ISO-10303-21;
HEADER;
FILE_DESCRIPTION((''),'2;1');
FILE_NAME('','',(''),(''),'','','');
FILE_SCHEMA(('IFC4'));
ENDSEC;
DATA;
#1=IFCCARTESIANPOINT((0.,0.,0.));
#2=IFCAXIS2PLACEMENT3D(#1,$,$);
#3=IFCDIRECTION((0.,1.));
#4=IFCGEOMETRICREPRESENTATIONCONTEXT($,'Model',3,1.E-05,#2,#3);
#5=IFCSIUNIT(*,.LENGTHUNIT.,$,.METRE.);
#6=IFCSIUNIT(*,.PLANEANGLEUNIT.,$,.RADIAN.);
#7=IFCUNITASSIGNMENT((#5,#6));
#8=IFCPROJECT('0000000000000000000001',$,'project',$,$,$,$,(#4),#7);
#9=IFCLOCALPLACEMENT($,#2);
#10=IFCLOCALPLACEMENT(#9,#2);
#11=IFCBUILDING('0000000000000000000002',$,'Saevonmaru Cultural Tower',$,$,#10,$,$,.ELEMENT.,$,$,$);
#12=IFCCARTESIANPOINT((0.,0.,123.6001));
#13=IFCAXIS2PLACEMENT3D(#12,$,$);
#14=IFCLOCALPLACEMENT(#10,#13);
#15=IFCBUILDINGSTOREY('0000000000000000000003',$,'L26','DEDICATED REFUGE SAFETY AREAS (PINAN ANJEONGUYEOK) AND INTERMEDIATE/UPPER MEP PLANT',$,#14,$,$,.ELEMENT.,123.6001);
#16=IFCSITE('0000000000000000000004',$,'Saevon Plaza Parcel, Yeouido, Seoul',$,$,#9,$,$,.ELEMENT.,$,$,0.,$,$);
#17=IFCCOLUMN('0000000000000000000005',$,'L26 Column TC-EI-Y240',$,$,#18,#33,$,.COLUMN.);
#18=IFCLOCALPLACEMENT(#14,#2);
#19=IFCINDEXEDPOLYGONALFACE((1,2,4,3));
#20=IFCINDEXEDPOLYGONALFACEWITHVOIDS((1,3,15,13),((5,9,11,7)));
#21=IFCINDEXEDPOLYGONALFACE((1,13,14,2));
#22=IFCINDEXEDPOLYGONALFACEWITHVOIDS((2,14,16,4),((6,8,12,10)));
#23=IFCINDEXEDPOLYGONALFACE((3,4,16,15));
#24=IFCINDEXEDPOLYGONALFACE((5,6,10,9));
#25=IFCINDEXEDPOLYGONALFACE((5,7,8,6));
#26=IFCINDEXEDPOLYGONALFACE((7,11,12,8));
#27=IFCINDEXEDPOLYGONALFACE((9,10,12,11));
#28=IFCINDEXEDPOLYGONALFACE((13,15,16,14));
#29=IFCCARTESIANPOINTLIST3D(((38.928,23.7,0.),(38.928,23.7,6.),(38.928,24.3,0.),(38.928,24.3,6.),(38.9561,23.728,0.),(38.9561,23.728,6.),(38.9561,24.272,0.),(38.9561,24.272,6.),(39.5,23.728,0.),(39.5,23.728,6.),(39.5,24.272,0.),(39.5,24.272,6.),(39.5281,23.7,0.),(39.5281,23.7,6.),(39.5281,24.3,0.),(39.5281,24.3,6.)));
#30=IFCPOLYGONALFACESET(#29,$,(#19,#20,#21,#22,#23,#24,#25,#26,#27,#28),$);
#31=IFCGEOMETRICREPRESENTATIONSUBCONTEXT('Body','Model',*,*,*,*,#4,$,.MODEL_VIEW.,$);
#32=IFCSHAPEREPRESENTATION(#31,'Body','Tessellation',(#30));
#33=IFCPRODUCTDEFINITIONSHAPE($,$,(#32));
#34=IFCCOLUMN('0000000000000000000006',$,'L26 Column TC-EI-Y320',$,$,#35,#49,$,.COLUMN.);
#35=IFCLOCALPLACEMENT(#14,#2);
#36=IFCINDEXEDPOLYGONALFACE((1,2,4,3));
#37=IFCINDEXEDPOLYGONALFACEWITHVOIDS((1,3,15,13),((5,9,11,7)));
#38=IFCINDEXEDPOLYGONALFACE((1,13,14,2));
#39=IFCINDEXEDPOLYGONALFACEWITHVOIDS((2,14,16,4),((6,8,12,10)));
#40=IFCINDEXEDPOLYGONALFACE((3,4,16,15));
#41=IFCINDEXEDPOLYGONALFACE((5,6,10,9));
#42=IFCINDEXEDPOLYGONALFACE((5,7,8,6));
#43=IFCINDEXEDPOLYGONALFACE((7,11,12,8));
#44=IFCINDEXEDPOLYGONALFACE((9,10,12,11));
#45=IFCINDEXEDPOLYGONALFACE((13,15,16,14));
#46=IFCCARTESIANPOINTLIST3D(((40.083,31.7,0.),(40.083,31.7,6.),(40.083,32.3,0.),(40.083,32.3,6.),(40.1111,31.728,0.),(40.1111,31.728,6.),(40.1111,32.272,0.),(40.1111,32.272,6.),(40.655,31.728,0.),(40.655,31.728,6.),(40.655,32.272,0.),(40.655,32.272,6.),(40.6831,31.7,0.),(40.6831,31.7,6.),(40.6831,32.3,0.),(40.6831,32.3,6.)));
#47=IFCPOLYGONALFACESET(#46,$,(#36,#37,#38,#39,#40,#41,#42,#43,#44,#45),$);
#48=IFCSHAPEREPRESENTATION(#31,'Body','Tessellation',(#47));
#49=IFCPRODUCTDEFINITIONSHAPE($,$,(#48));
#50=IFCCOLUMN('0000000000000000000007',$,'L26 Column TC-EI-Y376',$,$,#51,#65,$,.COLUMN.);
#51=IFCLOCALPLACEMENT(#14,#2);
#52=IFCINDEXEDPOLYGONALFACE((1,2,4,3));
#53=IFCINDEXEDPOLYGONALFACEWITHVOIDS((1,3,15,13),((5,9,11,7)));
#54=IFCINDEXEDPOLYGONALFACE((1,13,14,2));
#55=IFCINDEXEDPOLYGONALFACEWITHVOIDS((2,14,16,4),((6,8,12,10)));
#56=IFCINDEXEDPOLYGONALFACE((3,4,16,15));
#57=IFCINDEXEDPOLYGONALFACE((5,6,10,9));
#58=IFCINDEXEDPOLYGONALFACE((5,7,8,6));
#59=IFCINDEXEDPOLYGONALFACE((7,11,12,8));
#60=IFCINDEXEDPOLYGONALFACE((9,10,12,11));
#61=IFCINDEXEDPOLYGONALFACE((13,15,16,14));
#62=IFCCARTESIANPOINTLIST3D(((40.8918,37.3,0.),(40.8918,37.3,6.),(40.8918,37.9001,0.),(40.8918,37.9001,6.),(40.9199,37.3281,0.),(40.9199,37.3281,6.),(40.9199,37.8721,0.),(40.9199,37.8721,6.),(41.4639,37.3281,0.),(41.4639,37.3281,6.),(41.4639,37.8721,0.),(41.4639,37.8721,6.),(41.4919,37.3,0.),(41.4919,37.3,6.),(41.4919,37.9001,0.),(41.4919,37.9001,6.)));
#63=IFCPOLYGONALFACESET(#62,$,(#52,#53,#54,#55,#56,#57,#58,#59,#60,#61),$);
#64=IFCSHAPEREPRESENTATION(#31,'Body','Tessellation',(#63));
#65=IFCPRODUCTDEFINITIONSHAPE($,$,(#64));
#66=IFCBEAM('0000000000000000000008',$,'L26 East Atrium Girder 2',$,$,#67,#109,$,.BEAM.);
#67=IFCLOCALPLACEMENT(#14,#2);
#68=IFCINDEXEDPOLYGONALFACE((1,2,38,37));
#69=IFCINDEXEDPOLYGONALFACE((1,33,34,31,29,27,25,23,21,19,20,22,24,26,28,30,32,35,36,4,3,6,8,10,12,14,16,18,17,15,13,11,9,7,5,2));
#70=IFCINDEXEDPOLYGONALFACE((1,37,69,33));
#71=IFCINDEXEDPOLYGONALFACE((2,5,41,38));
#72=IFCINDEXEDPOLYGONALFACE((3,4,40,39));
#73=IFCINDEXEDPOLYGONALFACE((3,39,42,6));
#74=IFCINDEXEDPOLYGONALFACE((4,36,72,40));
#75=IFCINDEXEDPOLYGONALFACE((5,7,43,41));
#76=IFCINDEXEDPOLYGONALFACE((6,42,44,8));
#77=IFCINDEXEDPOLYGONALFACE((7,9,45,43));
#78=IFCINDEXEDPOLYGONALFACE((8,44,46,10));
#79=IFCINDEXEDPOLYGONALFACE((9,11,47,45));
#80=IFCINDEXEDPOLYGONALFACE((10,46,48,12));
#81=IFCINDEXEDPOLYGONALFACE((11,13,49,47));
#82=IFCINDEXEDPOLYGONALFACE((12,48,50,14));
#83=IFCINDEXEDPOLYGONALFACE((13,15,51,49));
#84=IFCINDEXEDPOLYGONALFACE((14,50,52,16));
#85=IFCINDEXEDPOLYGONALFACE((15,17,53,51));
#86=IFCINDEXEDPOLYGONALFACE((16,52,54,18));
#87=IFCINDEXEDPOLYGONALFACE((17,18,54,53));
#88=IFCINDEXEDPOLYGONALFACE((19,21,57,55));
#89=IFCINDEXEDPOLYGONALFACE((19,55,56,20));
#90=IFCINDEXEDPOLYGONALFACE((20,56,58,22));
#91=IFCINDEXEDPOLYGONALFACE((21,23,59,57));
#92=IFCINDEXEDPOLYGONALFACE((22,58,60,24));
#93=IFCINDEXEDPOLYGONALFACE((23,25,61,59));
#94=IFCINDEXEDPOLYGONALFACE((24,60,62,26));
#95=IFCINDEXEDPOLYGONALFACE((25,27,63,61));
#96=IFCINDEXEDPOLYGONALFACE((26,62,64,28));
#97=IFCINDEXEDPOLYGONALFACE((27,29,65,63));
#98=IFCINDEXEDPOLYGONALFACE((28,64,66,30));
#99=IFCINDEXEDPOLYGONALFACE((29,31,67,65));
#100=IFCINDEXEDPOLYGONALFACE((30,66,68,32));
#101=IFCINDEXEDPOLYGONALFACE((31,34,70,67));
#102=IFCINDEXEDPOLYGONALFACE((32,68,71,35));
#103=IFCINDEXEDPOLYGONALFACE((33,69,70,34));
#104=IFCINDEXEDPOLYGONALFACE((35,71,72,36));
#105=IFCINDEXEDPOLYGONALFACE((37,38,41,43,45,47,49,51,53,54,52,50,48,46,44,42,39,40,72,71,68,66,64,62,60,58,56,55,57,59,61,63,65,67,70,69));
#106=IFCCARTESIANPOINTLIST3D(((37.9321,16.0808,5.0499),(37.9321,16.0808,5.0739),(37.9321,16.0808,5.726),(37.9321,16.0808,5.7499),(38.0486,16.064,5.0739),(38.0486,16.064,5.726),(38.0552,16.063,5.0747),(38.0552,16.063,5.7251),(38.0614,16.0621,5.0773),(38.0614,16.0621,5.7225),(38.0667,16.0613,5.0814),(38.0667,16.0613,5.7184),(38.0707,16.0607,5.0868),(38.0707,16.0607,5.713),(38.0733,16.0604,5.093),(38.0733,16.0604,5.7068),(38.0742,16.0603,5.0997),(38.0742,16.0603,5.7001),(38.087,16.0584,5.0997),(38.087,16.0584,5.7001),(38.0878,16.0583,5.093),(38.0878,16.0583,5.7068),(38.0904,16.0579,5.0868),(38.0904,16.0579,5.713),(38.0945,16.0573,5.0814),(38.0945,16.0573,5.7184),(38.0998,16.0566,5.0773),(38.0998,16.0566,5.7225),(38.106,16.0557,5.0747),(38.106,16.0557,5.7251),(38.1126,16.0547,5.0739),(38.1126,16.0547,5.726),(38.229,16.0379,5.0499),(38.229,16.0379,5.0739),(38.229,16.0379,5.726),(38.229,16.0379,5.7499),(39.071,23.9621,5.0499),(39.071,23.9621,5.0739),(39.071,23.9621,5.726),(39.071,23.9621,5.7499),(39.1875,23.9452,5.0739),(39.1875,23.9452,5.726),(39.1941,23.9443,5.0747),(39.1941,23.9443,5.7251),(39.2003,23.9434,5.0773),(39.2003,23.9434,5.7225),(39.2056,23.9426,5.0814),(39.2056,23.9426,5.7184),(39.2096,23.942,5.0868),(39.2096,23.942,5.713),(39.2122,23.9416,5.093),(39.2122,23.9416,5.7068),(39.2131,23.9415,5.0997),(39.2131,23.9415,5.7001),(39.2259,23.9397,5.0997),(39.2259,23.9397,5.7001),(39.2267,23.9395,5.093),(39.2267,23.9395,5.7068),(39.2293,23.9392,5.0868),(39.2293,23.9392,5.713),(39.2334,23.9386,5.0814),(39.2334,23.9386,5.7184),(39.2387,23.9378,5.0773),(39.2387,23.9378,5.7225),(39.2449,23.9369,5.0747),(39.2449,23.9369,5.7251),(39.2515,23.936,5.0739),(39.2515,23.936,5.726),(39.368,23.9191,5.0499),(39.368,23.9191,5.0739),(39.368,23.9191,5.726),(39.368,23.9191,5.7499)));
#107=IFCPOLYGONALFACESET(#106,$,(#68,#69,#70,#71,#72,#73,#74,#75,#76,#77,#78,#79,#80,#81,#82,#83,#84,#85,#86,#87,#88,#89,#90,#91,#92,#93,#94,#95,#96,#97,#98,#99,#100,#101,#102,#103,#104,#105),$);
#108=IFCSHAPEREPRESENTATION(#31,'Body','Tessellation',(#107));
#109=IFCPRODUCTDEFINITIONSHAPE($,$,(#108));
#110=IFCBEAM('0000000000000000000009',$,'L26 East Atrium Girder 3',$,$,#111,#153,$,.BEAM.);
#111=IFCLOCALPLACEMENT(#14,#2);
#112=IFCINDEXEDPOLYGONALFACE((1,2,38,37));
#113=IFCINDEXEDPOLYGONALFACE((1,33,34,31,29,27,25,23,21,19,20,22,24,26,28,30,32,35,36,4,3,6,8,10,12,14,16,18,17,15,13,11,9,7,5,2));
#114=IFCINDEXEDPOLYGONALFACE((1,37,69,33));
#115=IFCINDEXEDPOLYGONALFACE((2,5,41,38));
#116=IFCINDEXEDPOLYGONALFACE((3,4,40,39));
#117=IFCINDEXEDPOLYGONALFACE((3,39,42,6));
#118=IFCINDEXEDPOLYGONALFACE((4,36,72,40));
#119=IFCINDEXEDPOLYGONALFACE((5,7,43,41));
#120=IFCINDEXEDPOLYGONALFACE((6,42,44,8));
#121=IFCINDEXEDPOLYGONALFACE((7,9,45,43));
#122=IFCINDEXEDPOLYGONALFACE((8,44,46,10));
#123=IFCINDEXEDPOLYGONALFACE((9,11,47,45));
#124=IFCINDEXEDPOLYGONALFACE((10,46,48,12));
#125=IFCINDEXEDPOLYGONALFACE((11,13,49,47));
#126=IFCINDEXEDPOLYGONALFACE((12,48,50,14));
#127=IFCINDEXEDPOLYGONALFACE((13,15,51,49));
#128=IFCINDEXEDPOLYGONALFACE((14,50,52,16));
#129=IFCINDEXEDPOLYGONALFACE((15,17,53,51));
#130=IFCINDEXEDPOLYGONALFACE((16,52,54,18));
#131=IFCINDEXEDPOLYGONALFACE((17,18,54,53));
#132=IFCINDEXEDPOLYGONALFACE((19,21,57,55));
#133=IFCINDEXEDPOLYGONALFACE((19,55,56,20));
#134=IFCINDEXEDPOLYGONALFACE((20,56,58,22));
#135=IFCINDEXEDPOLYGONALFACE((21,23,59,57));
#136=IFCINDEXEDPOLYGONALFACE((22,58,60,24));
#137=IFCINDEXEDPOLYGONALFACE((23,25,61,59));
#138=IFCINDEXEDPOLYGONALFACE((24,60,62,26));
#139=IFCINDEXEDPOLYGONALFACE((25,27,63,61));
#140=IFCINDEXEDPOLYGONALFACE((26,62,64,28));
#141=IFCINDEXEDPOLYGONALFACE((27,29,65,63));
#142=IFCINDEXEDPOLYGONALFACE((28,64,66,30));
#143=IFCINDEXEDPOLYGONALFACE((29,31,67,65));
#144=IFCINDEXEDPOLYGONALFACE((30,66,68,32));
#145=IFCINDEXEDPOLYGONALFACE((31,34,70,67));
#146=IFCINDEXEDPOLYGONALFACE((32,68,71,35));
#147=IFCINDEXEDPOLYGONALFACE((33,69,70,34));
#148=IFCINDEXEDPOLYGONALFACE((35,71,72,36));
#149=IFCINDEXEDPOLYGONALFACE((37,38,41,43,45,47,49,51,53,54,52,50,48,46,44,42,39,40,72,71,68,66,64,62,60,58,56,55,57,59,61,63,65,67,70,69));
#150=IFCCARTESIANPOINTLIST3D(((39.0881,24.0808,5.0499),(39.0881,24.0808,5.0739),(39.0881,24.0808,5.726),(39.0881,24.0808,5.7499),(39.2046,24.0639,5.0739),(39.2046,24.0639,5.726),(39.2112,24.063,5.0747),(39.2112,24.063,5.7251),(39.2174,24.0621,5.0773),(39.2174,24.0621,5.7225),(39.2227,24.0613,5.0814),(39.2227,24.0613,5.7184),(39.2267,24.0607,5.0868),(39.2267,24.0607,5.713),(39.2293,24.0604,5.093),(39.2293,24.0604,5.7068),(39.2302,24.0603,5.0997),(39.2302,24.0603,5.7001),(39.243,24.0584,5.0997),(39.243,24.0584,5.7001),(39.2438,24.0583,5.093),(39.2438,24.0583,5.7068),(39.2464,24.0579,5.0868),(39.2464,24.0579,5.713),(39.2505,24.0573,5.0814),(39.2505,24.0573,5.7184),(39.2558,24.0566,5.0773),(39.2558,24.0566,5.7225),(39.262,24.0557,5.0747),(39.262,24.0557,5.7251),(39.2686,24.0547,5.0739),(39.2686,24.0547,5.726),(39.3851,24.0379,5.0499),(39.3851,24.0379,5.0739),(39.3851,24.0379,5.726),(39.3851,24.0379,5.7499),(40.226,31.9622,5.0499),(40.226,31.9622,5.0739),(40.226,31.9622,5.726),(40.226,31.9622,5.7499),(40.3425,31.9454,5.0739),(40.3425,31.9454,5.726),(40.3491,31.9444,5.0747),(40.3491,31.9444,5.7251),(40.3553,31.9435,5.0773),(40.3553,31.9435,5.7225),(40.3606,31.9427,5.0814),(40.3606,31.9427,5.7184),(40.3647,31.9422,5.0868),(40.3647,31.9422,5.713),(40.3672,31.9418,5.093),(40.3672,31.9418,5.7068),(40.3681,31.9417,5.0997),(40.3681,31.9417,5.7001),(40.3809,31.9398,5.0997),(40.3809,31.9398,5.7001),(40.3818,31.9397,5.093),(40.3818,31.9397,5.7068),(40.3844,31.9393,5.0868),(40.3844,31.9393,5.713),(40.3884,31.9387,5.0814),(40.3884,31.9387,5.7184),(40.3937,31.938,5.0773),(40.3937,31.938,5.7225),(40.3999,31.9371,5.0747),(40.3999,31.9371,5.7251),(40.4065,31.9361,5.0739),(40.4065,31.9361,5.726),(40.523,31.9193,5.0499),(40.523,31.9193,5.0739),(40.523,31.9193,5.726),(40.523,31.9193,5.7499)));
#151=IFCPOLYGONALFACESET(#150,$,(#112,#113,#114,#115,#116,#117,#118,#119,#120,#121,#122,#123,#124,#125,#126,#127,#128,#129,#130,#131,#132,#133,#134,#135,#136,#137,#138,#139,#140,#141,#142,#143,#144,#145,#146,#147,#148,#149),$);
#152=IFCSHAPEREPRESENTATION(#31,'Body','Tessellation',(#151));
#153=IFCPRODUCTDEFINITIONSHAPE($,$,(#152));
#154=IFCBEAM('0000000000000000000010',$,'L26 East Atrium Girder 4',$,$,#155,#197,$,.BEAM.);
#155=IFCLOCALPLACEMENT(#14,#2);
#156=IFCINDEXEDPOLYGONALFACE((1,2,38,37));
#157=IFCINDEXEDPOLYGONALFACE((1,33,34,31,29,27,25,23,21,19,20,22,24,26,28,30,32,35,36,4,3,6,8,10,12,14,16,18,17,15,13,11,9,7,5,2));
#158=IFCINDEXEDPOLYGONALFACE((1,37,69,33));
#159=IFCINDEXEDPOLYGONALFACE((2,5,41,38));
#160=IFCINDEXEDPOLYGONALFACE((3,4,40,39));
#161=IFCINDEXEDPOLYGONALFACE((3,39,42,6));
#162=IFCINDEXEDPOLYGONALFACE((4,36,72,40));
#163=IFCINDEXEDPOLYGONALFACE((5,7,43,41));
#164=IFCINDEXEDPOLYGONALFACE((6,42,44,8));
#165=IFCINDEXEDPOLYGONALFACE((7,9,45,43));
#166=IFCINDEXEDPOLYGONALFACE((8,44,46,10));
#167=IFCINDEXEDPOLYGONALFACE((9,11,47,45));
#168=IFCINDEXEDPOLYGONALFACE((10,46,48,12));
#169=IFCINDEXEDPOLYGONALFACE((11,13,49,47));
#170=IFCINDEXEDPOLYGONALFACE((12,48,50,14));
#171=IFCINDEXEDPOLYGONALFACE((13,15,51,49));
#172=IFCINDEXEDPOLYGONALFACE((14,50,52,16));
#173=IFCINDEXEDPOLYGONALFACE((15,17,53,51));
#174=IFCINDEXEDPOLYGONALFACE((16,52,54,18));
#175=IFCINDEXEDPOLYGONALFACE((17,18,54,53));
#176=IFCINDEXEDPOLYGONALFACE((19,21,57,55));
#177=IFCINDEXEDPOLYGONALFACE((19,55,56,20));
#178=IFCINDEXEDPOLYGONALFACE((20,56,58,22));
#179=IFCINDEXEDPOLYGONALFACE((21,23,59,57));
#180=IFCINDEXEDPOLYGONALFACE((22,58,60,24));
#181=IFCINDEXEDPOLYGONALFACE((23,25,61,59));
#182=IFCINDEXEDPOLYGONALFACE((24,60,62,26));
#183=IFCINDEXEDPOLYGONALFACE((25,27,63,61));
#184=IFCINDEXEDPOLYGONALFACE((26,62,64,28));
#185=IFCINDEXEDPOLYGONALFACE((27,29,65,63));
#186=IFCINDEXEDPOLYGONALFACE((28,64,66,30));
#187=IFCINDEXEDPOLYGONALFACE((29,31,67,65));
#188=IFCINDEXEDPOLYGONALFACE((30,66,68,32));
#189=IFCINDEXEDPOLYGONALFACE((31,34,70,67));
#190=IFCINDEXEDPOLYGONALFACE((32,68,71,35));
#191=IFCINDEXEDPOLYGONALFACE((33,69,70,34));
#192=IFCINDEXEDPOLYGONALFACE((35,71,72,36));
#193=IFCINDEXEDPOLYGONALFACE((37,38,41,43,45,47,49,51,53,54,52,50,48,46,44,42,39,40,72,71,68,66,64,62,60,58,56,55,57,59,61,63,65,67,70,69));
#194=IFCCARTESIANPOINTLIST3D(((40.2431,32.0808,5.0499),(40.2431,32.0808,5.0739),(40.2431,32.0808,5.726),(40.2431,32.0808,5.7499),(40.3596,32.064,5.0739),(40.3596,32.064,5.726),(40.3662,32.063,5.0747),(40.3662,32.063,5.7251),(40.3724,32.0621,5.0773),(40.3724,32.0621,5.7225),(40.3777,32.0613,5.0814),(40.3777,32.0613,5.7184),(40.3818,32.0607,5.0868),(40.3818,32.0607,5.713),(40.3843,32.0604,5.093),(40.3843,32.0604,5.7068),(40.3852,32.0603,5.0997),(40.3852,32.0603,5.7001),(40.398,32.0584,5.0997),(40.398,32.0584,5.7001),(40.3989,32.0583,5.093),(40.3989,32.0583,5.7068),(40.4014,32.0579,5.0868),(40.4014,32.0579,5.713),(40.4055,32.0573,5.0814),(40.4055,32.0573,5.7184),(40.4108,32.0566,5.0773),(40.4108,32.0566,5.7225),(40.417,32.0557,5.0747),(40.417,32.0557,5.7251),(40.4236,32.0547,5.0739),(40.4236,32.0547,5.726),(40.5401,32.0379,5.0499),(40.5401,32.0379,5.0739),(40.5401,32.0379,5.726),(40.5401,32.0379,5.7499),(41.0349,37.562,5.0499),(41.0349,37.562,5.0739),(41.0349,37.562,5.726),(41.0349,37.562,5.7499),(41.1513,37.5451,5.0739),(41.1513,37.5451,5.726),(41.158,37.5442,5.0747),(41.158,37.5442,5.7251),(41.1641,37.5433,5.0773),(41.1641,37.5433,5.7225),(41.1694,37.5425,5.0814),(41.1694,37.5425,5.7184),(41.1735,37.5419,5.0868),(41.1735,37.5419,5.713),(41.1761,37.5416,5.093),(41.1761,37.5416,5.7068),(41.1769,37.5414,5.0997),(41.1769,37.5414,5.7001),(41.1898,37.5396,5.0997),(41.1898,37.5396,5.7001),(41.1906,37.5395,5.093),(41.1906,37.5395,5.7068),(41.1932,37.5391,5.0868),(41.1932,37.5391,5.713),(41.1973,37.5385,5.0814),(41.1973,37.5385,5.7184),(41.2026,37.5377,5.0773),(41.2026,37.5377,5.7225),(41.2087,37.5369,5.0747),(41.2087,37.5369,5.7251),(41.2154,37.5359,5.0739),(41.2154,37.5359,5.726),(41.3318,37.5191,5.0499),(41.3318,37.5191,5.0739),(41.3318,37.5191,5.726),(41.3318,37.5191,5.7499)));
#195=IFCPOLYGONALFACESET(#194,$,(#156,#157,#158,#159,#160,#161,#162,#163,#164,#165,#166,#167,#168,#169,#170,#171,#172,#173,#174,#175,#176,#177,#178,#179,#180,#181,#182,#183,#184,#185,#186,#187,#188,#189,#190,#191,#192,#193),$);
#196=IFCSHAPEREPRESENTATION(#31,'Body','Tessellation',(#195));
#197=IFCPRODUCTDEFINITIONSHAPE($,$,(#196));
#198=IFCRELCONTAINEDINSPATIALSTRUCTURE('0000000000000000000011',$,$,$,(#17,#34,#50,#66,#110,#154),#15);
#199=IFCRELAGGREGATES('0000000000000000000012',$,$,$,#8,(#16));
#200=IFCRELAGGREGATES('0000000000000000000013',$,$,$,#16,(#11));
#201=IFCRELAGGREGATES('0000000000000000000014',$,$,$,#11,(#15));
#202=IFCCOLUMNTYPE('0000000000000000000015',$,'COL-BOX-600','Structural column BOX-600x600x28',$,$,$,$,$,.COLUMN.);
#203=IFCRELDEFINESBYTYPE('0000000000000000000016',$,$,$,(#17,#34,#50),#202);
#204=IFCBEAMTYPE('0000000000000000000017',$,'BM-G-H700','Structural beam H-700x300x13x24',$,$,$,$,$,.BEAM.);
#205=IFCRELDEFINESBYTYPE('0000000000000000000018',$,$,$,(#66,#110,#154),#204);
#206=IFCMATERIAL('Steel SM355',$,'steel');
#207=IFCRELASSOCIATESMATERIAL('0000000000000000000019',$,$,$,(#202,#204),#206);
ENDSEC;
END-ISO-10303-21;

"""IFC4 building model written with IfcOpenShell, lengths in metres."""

from ifc_helpers import new_model, si_unit, direction, frame, origin, origin_2d, place, context, subcontext, project, spatial, hollow_rectangle, i_section, extrude, material, material_profile, profile_set, type_object, element, save


model = new_model("IFC4")

# Units and contexts
model_context = context("Model", 3, precision=1e-05, world=origin(), true_north=direction((0.0, 1.0)))
body_context = subcontext(model_context, "Body", "Model", "MODEL_VIEW")
ifc_project = project(units=[si_unit("LENGTHUNIT", "METRE"), si_unit("PLANEANGLEUNIT", "RADIAN")], contexts=[model_context])

# Site, building, storey
site_placement = place(None, origin())
site = spatial("IfcSite", under=ifc_project, at=site_placement, Name="Saevon Plaza Parcel, Yeouido, Seoul", CompositionType="ELEMENT", RefElevation=0.0)
building_placement = place(site_placement, origin())
building = spatial("IfcBuilding", under=site, at=building_placement, Name="Saevonmaru Cultural Tower", CompositionType="ELEMENT")
storey_placement = place(building_placement, frame((0.0, 0.0, 123.6001)))
storey = spatial("IfcBuildingStorey", under=building, at=storey_placement, Name="L26", Description="DEDICATED REFUGE SAFETY AREAS (PINAN ANJEONGUYEOK) AND INTERMEDIATE/UPPER MEP PLANT", CompositionType="ELEMENT", Elevation=123.6001)

# Columns
ifc_material_1 = material(Name="Steel SM355", Category="steel")
ifc_material_profile_1 = material_profile(ifc_material_1, hollow_rectangle(XDim=0.6001, YDim=0.6001, WallThickness=0.0281, at=origin_2d()), Name="BOX-600x600x28")
ifc_profile_set_1 = profile_set([ifc_material_profile_1], Name="Steel SM355")
column_type = type_object("IfcColumnType", Name="COL-BOX-600", Description="Structural column BOX-600x600x28", PredefinedType="COLUMN", material=ifc_profile_set_1)
for number, where, z_axis, x_axis, name in (
    (1, (39.228, 24.0, 0.0), (0.0, 0.0, 1.0), (1.0, 0.0, 0.0), "L26 Column TC-EI-Y240"),
    (2, (40.3831, 32.0, 0.0), (0.0, 0.0, 1.0), (1.0, 0.0, 0.0), "L26 Column TC-EI-Y320"),
    (3, (41.1919, 37.6001, 0.0), (0.0, 0.0, 1.0), (1.0, 0.0, 0.0), "L26 Column TC-EI-Y376"),
):
    element("IfcColumn", number, at=place(storey_placement, frame(where, z_axis=z_axis, x_axis=x_axis)), inside=storey, type_object=column_type, Name=name, PredefinedType="COLUMN", context=body_context, shape_type="SweptSolid", body=[
        extrude(hollow_rectangle(XDim=0.6001, YDim=0.6001, WallThickness=0.0281, at=origin_2d()), origin(), (0.0, 0.0, 1.0), 6.0),
    ])

# Beams
ifc_material_profile_2 = material_profile(ifc_material_1, i_section(OverallWidth=0.3, OverallDepth=0.7, WebThickness=0.0129, FlangeThickness=0.0239, FilletRadius=0.0259, at=origin_2d()), Name="H-700x300x13x24")
ifc_profile_set_2 = profile_set([ifc_material_profile_2], Name="Steel SM355")
beam_type_1 = type_object("IfcBeamType", Name="BM-G-H700", Description="Structural beam H-700x300x13x24", PredefinedType="BEAM", material=ifc_profile_set_2)
for number, where, z_axis, x_axis, name in (
    (4, (38.0806, 16.0593, 5.3999), (0.143022, 0.989719, 0.0), (-0.989719, 0.143022, 0.0), "L26 East Atrium Girder 2"),
    (5, (39.2366, 24.0593, 5.3999), (0.142902, 0.989737, 0.0), (-0.989737, 0.142902, 0.0), "L26 East Atrium Girder 3"),
):
    element("IfcBeam", number, at=place(storey_placement, frame(where, z_axis=z_axis, x_axis=x_axis)), inside=storey, type_object=beam_type_1, Name=name, PredefinedType="BEAM", context=body_context, shape_type="SweptSolid", body=[
        extrude(i_section(OverallWidth=0.3, OverallDepth=0.7, WebThickness=0.0129, FlangeThickness=0.0239, FilletRadius=0.0259, at=origin_2d()), origin(), (0.0, 0.0, 1.0), 7.9631),
    ])
beam_1_placement = place(storey_placement, frame((40.3916, 32.0593, 5.3999), z_axis=(0.142964, 0.989728, 0.0), x_axis=(-0.989728, 0.142964, 0.0)))
element("IfcBeam", 6, at=beam_1_placement, inside=storey, type_object=beam_type_1, Name="L26 East Atrium Girder 4", PredefinedType="BEAM", context=body_context, shape_type="SweptSolid", body=[
    extrude(i_section(OverallWidth=0.3, OverallDepth=0.7, WebThickness=0.0129, FlangeThickness=0.0239, FilletRadius=0.0259, at=origin_2d()), origin(), (0.0, 0.0, 1.0), 5.5381),
])

save(model, "model.ifc")
